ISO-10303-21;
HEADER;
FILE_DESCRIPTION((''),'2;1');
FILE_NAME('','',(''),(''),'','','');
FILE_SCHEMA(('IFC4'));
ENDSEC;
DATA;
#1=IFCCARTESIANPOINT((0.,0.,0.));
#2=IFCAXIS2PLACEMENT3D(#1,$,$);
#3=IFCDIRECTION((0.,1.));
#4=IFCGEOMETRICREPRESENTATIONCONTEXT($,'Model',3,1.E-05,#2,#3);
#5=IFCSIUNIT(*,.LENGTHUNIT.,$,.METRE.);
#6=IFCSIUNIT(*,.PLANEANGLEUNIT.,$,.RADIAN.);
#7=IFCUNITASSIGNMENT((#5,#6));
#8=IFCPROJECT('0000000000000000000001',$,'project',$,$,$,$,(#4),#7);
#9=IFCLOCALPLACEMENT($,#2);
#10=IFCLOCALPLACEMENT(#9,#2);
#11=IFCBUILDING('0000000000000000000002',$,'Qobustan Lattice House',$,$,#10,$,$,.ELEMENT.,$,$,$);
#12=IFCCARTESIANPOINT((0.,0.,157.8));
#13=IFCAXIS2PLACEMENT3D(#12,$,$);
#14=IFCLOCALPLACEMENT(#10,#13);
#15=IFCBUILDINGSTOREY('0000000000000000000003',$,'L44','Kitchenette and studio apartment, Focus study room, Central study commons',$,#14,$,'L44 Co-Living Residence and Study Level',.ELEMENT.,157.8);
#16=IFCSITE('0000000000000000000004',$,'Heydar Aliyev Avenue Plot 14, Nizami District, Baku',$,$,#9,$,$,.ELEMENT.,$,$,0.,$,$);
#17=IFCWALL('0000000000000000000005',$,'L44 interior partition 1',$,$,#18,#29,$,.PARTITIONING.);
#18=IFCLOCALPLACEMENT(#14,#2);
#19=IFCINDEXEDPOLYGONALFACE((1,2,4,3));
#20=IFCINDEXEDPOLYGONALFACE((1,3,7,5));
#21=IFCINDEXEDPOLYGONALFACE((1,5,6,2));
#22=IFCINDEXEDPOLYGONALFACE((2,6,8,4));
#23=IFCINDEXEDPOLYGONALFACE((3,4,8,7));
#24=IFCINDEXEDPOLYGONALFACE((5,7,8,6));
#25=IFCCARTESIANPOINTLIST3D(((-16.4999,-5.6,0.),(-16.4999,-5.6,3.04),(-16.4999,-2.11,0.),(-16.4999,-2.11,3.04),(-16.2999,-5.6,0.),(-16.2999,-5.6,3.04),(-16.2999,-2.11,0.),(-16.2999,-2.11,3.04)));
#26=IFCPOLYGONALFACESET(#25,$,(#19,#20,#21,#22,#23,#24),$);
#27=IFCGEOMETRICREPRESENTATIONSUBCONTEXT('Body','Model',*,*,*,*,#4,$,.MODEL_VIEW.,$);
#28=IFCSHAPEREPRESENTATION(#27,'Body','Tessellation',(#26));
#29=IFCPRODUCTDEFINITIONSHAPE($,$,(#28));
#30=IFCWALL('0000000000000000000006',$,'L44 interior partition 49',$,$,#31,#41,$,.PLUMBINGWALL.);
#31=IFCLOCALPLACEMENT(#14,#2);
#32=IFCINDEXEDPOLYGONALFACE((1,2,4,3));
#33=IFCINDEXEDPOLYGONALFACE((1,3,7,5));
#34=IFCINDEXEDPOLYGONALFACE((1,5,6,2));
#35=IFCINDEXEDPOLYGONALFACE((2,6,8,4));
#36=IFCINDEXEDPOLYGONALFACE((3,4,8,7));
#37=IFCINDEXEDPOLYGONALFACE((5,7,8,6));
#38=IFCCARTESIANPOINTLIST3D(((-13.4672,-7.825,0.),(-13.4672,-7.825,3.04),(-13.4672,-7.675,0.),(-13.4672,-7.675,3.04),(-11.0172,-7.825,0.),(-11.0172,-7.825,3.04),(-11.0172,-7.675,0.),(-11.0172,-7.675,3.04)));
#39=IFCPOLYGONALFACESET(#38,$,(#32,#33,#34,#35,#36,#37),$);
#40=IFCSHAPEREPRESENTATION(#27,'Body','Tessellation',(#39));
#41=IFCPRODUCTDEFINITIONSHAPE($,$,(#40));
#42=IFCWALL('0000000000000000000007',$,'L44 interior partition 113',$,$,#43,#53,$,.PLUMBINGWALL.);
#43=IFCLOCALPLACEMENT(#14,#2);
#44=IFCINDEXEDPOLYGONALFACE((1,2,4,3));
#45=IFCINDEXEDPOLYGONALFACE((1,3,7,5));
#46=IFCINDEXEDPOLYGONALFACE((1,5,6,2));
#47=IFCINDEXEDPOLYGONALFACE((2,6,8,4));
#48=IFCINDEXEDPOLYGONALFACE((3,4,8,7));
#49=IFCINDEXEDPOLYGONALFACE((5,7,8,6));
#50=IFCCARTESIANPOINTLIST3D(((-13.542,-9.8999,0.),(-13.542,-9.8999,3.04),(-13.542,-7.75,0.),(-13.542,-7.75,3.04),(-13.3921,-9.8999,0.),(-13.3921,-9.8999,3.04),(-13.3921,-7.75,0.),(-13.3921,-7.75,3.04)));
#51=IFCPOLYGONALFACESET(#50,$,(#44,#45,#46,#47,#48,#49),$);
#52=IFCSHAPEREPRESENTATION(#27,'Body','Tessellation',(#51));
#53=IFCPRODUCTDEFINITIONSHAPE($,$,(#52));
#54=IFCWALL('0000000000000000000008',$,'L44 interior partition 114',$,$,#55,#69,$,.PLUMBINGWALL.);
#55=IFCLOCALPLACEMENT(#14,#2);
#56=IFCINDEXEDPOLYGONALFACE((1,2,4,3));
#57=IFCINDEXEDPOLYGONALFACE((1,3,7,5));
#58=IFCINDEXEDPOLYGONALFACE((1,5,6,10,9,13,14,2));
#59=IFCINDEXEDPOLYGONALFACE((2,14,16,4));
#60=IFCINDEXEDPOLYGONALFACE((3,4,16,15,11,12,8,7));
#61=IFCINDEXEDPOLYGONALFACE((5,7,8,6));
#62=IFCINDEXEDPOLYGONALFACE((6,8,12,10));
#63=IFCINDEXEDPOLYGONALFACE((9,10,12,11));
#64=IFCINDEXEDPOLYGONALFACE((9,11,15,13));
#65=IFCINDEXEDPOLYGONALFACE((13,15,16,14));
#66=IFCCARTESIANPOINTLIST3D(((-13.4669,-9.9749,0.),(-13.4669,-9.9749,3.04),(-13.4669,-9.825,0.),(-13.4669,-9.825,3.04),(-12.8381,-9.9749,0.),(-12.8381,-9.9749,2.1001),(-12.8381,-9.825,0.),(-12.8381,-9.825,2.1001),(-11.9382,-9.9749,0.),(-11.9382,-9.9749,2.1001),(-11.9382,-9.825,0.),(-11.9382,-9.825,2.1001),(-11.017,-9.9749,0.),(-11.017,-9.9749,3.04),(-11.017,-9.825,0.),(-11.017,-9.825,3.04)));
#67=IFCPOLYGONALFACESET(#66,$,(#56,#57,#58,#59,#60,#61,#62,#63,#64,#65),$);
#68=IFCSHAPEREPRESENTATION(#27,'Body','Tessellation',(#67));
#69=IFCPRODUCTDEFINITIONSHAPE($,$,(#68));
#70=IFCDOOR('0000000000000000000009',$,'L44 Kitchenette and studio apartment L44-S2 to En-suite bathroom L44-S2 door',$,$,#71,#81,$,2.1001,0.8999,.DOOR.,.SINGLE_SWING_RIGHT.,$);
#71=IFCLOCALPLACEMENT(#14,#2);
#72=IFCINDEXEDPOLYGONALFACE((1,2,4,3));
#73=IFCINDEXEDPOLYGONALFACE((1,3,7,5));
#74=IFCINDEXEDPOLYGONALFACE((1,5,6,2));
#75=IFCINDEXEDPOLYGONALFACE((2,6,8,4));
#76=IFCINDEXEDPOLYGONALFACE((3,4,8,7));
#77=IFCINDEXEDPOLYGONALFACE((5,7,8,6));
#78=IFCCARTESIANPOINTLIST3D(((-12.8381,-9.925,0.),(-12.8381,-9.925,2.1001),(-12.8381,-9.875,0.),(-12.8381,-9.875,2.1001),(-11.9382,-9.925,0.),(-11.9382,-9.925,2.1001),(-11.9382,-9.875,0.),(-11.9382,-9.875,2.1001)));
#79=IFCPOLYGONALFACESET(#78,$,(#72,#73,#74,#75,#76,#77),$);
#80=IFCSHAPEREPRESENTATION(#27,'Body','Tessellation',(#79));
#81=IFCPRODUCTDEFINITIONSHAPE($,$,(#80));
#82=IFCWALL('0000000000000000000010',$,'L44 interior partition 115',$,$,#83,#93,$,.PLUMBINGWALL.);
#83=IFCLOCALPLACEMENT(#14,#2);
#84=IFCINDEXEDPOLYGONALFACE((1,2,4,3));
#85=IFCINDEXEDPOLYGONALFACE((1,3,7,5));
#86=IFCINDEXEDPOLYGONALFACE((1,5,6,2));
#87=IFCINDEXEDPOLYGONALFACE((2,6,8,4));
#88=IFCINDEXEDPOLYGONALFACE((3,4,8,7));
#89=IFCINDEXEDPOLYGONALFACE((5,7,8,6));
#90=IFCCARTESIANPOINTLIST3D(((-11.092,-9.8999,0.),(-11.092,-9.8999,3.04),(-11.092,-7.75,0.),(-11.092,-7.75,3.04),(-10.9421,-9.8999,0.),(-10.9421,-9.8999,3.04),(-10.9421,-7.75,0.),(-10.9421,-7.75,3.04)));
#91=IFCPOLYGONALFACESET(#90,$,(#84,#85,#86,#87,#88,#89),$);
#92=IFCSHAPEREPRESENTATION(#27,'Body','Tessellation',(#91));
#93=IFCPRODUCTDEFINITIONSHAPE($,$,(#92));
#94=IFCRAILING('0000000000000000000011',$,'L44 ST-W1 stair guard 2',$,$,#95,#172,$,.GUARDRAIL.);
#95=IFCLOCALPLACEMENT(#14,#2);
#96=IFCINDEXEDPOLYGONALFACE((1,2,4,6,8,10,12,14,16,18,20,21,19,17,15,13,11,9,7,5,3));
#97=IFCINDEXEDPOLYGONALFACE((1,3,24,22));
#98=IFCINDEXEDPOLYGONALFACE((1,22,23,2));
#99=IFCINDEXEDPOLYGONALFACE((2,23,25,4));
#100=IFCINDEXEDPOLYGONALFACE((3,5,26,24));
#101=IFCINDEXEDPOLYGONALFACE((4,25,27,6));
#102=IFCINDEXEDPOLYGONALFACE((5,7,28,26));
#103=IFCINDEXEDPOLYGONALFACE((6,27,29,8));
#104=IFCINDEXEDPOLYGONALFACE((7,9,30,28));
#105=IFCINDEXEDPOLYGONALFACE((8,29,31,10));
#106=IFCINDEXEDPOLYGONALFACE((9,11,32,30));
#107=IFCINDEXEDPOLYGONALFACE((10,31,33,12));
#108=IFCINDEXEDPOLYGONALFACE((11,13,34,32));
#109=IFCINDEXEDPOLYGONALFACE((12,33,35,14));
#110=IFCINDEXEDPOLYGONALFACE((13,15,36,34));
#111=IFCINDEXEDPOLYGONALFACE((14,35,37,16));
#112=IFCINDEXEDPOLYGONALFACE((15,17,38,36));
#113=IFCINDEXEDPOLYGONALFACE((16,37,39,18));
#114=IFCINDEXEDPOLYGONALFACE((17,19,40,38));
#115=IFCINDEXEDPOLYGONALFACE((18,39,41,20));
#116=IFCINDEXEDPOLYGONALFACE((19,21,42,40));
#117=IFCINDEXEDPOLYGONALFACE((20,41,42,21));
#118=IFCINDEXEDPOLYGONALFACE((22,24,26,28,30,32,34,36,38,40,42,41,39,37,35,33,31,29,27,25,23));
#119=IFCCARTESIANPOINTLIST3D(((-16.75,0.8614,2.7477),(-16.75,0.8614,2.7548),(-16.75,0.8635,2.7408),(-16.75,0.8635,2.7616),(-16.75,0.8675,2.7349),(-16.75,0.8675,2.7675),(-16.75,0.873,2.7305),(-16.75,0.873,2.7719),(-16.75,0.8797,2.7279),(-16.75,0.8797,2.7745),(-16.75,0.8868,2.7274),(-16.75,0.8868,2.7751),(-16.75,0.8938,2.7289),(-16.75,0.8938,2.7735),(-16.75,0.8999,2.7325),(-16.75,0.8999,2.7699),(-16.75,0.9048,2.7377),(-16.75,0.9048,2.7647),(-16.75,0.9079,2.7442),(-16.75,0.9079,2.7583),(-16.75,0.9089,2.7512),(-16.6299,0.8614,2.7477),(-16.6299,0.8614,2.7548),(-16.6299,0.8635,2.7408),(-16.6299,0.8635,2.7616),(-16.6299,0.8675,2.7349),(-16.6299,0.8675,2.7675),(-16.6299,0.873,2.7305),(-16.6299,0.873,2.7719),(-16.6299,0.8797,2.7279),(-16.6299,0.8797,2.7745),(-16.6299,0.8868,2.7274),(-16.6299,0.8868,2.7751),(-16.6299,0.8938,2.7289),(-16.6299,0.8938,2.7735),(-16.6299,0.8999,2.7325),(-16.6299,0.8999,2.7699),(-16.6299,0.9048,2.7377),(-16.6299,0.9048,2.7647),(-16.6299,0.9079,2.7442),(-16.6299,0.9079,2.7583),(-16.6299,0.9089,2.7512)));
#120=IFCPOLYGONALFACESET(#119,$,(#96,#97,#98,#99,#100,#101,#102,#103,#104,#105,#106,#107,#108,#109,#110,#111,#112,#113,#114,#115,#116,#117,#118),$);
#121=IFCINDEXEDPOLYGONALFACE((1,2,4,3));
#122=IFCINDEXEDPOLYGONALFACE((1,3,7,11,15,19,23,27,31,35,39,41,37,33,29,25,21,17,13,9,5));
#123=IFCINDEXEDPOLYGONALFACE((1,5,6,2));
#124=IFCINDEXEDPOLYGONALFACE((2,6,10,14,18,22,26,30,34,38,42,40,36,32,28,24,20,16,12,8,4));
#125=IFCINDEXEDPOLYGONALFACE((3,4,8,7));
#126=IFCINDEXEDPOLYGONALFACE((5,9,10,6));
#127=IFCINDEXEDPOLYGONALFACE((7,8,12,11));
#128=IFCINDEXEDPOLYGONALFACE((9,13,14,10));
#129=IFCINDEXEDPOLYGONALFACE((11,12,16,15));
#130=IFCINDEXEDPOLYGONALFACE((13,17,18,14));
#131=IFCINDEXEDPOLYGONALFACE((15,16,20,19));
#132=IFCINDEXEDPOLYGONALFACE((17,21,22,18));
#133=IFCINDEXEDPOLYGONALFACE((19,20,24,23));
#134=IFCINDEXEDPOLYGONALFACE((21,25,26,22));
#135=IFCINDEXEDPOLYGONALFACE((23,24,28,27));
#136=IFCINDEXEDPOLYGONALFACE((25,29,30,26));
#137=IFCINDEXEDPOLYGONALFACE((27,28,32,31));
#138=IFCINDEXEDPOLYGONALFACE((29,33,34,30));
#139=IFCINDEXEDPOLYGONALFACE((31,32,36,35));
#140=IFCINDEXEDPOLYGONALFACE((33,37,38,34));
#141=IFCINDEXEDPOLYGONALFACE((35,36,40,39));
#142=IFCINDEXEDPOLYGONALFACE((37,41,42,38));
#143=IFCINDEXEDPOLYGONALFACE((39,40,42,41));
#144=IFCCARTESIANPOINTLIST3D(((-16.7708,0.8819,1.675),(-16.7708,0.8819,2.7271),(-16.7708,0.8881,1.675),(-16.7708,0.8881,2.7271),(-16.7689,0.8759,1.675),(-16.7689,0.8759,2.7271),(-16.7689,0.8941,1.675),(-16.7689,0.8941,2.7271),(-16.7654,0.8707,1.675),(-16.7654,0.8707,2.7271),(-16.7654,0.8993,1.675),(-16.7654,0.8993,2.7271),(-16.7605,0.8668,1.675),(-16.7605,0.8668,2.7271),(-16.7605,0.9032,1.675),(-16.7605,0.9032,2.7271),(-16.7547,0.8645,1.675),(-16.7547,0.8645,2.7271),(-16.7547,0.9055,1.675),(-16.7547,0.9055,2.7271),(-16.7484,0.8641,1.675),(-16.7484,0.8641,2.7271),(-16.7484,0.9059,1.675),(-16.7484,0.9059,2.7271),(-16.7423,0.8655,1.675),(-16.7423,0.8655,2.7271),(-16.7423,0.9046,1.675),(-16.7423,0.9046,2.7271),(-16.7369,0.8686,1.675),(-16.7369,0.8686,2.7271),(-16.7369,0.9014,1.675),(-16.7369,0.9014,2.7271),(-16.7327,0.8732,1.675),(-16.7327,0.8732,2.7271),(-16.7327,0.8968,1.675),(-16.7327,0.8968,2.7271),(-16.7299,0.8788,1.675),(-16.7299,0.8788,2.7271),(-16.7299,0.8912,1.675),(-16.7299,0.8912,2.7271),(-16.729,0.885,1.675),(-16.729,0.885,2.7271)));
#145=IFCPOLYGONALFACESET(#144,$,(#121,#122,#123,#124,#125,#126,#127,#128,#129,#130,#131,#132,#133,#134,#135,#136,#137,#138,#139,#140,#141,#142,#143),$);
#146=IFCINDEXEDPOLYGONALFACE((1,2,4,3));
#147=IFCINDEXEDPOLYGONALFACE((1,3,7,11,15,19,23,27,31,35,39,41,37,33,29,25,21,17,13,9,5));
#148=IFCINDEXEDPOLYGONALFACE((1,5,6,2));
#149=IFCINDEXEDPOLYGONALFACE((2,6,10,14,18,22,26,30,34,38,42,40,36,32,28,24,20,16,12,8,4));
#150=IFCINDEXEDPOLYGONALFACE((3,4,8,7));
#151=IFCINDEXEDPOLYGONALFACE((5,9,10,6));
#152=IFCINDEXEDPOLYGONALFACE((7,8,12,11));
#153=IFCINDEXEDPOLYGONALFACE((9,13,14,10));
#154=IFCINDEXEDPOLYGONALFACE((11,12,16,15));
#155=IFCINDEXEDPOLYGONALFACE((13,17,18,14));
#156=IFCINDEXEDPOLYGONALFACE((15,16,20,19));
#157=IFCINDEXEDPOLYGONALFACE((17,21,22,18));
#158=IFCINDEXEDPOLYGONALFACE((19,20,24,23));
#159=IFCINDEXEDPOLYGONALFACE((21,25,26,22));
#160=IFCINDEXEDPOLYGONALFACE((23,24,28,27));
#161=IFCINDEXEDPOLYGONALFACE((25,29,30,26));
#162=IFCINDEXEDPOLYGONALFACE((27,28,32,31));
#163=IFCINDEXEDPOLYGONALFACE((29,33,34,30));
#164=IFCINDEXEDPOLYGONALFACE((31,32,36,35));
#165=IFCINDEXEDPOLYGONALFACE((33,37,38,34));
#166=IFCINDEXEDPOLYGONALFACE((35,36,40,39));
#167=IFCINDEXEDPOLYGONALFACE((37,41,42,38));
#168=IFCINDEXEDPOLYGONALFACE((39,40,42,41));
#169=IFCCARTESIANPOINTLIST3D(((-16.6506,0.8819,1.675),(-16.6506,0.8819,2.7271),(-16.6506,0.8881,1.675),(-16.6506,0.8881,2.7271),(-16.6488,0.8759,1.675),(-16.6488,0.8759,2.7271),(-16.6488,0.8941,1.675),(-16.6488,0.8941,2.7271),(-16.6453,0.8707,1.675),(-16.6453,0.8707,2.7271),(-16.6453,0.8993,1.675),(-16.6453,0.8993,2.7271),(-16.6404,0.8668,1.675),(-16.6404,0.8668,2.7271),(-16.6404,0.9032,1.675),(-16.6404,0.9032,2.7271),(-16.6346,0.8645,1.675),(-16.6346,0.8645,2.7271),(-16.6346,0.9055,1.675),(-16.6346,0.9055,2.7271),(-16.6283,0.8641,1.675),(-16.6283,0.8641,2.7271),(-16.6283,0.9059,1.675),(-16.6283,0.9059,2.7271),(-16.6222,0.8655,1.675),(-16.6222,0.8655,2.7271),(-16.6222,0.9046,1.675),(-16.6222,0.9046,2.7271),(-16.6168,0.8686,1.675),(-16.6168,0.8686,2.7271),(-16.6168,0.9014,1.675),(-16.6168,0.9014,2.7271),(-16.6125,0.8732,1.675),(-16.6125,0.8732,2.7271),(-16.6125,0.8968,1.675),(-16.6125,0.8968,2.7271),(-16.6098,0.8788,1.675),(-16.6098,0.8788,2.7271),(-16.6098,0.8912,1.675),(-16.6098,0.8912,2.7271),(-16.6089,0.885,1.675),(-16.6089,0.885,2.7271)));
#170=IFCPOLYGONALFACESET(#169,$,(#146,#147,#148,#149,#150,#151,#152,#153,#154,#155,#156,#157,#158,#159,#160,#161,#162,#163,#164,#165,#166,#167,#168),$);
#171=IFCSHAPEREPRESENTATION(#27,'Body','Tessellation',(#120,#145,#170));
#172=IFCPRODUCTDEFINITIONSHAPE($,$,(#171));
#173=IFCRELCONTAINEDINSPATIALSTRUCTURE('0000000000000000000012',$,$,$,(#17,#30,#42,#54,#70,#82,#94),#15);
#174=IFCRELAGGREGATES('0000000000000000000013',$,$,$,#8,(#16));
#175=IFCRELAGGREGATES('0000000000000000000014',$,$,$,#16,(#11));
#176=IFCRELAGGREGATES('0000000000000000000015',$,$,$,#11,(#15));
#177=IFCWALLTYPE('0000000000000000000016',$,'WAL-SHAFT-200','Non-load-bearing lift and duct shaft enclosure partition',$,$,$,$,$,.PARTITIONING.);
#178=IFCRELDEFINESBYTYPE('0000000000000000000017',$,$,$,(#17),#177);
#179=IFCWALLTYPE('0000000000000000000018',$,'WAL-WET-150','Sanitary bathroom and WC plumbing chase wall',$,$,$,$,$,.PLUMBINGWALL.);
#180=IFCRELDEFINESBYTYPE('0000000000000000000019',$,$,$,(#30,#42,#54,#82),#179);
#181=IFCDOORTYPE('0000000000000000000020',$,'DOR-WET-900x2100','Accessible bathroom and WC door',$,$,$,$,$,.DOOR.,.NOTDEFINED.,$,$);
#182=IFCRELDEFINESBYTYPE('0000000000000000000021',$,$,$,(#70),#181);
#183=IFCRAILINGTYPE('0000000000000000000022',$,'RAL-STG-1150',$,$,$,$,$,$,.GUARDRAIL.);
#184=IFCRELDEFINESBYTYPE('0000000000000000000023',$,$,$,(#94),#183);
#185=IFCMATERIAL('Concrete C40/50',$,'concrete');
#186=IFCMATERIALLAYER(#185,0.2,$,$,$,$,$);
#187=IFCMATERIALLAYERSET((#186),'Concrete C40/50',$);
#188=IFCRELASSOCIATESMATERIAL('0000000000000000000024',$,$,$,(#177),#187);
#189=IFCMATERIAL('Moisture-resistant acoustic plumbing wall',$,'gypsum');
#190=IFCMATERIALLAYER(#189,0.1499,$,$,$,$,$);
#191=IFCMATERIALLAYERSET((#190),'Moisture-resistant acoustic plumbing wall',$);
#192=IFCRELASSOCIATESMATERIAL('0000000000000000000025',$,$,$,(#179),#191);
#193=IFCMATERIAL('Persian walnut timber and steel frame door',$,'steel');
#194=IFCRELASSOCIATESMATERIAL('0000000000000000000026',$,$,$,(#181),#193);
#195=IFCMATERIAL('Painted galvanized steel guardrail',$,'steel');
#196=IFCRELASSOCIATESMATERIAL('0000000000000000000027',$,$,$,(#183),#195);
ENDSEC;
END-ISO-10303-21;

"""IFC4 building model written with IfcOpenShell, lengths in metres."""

from ifc_helpers import new_model, si_unit, direction, frame, frame_2d, origin, origin_2d, place, context, subcontext, project, spatial, rectangle, circle, extrude, material, layer, layer_set, type_object, element, fill, save


model = new_model("IFC4")

# Units and contexts
model_context = context("Model", 3, precision=1e-05, world=origin(), true_north=direction((0.0, 1.0)))
body_context = subcontext(model_context, "Body", "Model", "MODEL_VIEW")
ifc_project = project(units=[si_unit("LENGTHUNIT", "METRE"), si_unit("PLANEANGLEUNIT", "RADIAN")], contexts=[model_context])

# Site, building, storey
site_placement = place(None, origin())
site = spatial("IfcSite", under=ifc_project, at=site_placement, Name="Heydar Aliyev Avenue Plot 14, Nizami District, Baku", CompositionType="ELEMENT", RefElevation=0.0)
building_placement = place(site_placement, origin())
building = spatial("IfcBuilding", under=site, at=building_placement, Name="Qobustan Lattice House", CompositionType="ELEMENT")
storey_placement = place(building_placement, frame((0.0, 0.0, 157.8)))
storey = spatial("IfcBuildingStorey", under=building, at=storey_placement, Name="L44", Description="Kitchenette and studio apartment, Focus study room, Central study commons", LongName="L44 Co-Living Residence and Study Level", CompositionType="ELEMENT", Elevation=157.8)

# Walls
ifc_material_1 = material(Name="Concrete C40/50", Category="concrete")
ifc_layer_1 = layer(ifc_material_1, 0.2)
ifc_layer_set_1 = layer_set([ifc_layer_1], Name="Concrete C40/50")
wall_type_1 = type_object("IfcWallType", Name="WAL-SHAFT-200", Description="Non-load-bearing lift and duct shaft enclosure partition", PredefinedType="PARTITIONING", material=ifc_layer_set_1)
wall_1_placement = place(storey_placement, frame((-16.3999, -5.6001, 0.0), z_axis=(0.0, 0.0, 1.0), x_axis=(0.0, 1.0, 0.0)))
element("IfcWall", 1, at=wall_1_placement, inside=storey, type_object=wall_type_1, Name="L44 interior partition 1", PredefinedType="PARTITIONING", context=body_context, shape_type="SweptSolid", body=[
    extrude(rectangle(XDim=3.49, YDim=0.2, at=frame_2d((1.7451, 0.0))), origin(), (0.0, 0.0, 1.0), 3.04),
])
ifc_material_2 = material(Name="Moisture-resistant acoustic plumbing wall", Category="gypsum")
ifc_layer_2 = layer(ifc_material_2, 0.1499)
ifc_layer_set_2 = layer_set([ifc_layer_2], Name="Moisture-resistant acoustic plumbing wall")
wall_type_2 = type_object("IfcWallType", Name="WAL-WET-150", Description="Sanitary bathroom and WC plumbing chase wall", PredefinedType="PLUMBINGWALL", material=ifc_layer_set_2)
wall_2_placement = place(storey_placement, frame((-11.0171, -7.75, 0.0), z_axis=(0.0, 0.0, 1.0), x_axis=(-1.0, 0.0, 0.0)))
element("IfcWall", 2, at=wall_2_placement, inside=storey, type_object=wall_type_2, Name="L44 interior partition 49", PredefinedType="PLUMBINGWALL", context=body_context, shape_type="SweptSolid", body=[
    extrude(rectangle(XDim=2.45, YDim=0.1499, at=frame_2d((1.2251, 0.0))), origin(), (0.0, 0.0, 1.0), 3.04),
])
wall_3_placement = place(storey_placement, frame((-13.467, -7.75, 0.0), z_axis=(0.0, 0.0, 1.0), x_axis=(0.0, -1.0, 0.0)))
element("IfcWall", 3, at=wall_3_placement, inside=storey, type_object=wall_type_2, Name="L44 interior partition 113", PredefinedType="PLUMBINGWALL", context=body_context, shape_type="SweptSolid", body=[
    extrude(rectangle(XDim=2.1499, YDim=0.1499, at=frame_2d((1.075, 0.0))), origin(), (0.0, 0.0, 1.0), 3.04),
])

# Wall, opening, door
wall_4_placement = place(storey_placement, frame((-13.467, -9.8999, 0.0), z_axis=(0.0, 0.0, 1.0), x_axis=(1.0, 0.0, 0.0)))
wall_4 = element("IfcWall", 4, at=wall_4_placement, inside=storey, type_object=wall_type_2, Name="L44 interior partition 114", PredefinedType="PLUMBINGWALL", context=body_context, shape_type="SweptSolid", body=[
    extrude(rectangle(XDim=2.45, YDim=0.1499, at=frame_2d((1.2251, 0.0))), origin(), (0.0, 0.0, 1.0), 3.04),
])
opening_1_placement = place(wall_4_placement, frame((0.6289, 0.0, 0.0)))
opening_1 = element("IfcOpeningElement", 5, at=opening_1_placement, cuts=wall_4, PredefinedType="OPENING", context=body_context, shape_type="SweptSolid", body=[
    extrude(rectangle(XDim=0.8999, YDim=2.1001, at=frame_2d((0.45, 1.05))), frame((0.0, 0.085, 0.0), z_axis=(0.0, -1.0, 0.0), x_axis=(1.0, 0.0, 0.0)), (0.0, 0.0, 1.0), 0.1699),
])
ifc_material_3 = material(Name="Persian walnut timber and steel frame door", Category="steel")
door_type_1 = type_object("IfcDoorType", Name="DOR-WET-900x2100", Description="Accessible bathroom and WC door", OperationType="NOTDEFINED", PredefinedType="DOOR", material=ifc_material_3)
door_1_placement = place(opening_1_placement, origin())
door_1 = element("IfcDoor", 6, at=door_1_placement, inside=storey, type_object=door_type_1, Name="L44 Kitchenette and studio apartment L44-S2 to En-suite bathroom L44-S2 door", OperationType="SINGLE_SWING_RIGHT", OverallHeight=2.1001, OverallWidth=0.8999, PredefinedType="DOOR", context=body_context, shape_type="SweptSolid", body=[
    extrude(rectangle(XDim=0.8999, YDim=2.1001, at=frame_2d((0.45, 1.05))), frame((0.0, 0.0249, 0.0), z_axis=(0.0, -1.0, 0.0), x_axis=(1.0, 0.0, 0.0)), (0.0, 0.0, 1.0), 0.05),
])
fill(opening_1, door_1)

# Wall
wall_5_placement = place(storey_placement, frame((-11.0171, -9.8999, 0.0), z_axis=(0.0, 0.0, 1.0), x_axis=(0.0, 1.0, 0.0)))
element("IfcWall", 7, at=wall_5_placement, inside=storey, type_object=wall_type_2, Name="L44 interior partition 115", PredefinedType="PLUMBINGWALL", context=body_context, shape_type="SweptSolid", body=[
    extrude(rectangle(XDim=2.1499, YDim=0.1499, at=frame_2d((1.075, 0.0))), origin(), (0.0, 0.0, 1.0), 3.04),
])

# Railing
ifc_material_4 = material(Name="Painted galvanized steel guardrail", Category="steel")
railing_type = type_object("IfcRailingType", Name="RAL-STG-1150", PredefinedType="GUARDRAIL", material=ifc_material_4)
railing_placement = place(storey_placement, frame((-16.75, 0.885, 1.675)))
element("IfcRailing", 8, at=railing_placement, inside=storey, type_object=railing_type, Name="L44 ST-W1 stair guard 2", PredefinedType="GUARDRAIL", context=body_context, shape_type="SweptSolid", body=[
    extrude(circle(Radius=0.0239, at=origin_2d()), frame((0.0, 0.0, 1.0762), z_axis=(1.0, 0.0, 0.0), x_axis=(0.0, 1.0, 0.0)), (0.0, 0.0, 1.0), 0.1201),
    extrude(circle(Radius=0.021, at=origin_2d()), origin(), (0.0, 0.0, 1.0), 1.052),
    extrude(circle(Radius=0.021, at=origin_2d()), frame((0.1201, 0.0, 0.0)), (0.0, 0.0, 1.0), 1.052),
])

save(model, "model.ifc")
